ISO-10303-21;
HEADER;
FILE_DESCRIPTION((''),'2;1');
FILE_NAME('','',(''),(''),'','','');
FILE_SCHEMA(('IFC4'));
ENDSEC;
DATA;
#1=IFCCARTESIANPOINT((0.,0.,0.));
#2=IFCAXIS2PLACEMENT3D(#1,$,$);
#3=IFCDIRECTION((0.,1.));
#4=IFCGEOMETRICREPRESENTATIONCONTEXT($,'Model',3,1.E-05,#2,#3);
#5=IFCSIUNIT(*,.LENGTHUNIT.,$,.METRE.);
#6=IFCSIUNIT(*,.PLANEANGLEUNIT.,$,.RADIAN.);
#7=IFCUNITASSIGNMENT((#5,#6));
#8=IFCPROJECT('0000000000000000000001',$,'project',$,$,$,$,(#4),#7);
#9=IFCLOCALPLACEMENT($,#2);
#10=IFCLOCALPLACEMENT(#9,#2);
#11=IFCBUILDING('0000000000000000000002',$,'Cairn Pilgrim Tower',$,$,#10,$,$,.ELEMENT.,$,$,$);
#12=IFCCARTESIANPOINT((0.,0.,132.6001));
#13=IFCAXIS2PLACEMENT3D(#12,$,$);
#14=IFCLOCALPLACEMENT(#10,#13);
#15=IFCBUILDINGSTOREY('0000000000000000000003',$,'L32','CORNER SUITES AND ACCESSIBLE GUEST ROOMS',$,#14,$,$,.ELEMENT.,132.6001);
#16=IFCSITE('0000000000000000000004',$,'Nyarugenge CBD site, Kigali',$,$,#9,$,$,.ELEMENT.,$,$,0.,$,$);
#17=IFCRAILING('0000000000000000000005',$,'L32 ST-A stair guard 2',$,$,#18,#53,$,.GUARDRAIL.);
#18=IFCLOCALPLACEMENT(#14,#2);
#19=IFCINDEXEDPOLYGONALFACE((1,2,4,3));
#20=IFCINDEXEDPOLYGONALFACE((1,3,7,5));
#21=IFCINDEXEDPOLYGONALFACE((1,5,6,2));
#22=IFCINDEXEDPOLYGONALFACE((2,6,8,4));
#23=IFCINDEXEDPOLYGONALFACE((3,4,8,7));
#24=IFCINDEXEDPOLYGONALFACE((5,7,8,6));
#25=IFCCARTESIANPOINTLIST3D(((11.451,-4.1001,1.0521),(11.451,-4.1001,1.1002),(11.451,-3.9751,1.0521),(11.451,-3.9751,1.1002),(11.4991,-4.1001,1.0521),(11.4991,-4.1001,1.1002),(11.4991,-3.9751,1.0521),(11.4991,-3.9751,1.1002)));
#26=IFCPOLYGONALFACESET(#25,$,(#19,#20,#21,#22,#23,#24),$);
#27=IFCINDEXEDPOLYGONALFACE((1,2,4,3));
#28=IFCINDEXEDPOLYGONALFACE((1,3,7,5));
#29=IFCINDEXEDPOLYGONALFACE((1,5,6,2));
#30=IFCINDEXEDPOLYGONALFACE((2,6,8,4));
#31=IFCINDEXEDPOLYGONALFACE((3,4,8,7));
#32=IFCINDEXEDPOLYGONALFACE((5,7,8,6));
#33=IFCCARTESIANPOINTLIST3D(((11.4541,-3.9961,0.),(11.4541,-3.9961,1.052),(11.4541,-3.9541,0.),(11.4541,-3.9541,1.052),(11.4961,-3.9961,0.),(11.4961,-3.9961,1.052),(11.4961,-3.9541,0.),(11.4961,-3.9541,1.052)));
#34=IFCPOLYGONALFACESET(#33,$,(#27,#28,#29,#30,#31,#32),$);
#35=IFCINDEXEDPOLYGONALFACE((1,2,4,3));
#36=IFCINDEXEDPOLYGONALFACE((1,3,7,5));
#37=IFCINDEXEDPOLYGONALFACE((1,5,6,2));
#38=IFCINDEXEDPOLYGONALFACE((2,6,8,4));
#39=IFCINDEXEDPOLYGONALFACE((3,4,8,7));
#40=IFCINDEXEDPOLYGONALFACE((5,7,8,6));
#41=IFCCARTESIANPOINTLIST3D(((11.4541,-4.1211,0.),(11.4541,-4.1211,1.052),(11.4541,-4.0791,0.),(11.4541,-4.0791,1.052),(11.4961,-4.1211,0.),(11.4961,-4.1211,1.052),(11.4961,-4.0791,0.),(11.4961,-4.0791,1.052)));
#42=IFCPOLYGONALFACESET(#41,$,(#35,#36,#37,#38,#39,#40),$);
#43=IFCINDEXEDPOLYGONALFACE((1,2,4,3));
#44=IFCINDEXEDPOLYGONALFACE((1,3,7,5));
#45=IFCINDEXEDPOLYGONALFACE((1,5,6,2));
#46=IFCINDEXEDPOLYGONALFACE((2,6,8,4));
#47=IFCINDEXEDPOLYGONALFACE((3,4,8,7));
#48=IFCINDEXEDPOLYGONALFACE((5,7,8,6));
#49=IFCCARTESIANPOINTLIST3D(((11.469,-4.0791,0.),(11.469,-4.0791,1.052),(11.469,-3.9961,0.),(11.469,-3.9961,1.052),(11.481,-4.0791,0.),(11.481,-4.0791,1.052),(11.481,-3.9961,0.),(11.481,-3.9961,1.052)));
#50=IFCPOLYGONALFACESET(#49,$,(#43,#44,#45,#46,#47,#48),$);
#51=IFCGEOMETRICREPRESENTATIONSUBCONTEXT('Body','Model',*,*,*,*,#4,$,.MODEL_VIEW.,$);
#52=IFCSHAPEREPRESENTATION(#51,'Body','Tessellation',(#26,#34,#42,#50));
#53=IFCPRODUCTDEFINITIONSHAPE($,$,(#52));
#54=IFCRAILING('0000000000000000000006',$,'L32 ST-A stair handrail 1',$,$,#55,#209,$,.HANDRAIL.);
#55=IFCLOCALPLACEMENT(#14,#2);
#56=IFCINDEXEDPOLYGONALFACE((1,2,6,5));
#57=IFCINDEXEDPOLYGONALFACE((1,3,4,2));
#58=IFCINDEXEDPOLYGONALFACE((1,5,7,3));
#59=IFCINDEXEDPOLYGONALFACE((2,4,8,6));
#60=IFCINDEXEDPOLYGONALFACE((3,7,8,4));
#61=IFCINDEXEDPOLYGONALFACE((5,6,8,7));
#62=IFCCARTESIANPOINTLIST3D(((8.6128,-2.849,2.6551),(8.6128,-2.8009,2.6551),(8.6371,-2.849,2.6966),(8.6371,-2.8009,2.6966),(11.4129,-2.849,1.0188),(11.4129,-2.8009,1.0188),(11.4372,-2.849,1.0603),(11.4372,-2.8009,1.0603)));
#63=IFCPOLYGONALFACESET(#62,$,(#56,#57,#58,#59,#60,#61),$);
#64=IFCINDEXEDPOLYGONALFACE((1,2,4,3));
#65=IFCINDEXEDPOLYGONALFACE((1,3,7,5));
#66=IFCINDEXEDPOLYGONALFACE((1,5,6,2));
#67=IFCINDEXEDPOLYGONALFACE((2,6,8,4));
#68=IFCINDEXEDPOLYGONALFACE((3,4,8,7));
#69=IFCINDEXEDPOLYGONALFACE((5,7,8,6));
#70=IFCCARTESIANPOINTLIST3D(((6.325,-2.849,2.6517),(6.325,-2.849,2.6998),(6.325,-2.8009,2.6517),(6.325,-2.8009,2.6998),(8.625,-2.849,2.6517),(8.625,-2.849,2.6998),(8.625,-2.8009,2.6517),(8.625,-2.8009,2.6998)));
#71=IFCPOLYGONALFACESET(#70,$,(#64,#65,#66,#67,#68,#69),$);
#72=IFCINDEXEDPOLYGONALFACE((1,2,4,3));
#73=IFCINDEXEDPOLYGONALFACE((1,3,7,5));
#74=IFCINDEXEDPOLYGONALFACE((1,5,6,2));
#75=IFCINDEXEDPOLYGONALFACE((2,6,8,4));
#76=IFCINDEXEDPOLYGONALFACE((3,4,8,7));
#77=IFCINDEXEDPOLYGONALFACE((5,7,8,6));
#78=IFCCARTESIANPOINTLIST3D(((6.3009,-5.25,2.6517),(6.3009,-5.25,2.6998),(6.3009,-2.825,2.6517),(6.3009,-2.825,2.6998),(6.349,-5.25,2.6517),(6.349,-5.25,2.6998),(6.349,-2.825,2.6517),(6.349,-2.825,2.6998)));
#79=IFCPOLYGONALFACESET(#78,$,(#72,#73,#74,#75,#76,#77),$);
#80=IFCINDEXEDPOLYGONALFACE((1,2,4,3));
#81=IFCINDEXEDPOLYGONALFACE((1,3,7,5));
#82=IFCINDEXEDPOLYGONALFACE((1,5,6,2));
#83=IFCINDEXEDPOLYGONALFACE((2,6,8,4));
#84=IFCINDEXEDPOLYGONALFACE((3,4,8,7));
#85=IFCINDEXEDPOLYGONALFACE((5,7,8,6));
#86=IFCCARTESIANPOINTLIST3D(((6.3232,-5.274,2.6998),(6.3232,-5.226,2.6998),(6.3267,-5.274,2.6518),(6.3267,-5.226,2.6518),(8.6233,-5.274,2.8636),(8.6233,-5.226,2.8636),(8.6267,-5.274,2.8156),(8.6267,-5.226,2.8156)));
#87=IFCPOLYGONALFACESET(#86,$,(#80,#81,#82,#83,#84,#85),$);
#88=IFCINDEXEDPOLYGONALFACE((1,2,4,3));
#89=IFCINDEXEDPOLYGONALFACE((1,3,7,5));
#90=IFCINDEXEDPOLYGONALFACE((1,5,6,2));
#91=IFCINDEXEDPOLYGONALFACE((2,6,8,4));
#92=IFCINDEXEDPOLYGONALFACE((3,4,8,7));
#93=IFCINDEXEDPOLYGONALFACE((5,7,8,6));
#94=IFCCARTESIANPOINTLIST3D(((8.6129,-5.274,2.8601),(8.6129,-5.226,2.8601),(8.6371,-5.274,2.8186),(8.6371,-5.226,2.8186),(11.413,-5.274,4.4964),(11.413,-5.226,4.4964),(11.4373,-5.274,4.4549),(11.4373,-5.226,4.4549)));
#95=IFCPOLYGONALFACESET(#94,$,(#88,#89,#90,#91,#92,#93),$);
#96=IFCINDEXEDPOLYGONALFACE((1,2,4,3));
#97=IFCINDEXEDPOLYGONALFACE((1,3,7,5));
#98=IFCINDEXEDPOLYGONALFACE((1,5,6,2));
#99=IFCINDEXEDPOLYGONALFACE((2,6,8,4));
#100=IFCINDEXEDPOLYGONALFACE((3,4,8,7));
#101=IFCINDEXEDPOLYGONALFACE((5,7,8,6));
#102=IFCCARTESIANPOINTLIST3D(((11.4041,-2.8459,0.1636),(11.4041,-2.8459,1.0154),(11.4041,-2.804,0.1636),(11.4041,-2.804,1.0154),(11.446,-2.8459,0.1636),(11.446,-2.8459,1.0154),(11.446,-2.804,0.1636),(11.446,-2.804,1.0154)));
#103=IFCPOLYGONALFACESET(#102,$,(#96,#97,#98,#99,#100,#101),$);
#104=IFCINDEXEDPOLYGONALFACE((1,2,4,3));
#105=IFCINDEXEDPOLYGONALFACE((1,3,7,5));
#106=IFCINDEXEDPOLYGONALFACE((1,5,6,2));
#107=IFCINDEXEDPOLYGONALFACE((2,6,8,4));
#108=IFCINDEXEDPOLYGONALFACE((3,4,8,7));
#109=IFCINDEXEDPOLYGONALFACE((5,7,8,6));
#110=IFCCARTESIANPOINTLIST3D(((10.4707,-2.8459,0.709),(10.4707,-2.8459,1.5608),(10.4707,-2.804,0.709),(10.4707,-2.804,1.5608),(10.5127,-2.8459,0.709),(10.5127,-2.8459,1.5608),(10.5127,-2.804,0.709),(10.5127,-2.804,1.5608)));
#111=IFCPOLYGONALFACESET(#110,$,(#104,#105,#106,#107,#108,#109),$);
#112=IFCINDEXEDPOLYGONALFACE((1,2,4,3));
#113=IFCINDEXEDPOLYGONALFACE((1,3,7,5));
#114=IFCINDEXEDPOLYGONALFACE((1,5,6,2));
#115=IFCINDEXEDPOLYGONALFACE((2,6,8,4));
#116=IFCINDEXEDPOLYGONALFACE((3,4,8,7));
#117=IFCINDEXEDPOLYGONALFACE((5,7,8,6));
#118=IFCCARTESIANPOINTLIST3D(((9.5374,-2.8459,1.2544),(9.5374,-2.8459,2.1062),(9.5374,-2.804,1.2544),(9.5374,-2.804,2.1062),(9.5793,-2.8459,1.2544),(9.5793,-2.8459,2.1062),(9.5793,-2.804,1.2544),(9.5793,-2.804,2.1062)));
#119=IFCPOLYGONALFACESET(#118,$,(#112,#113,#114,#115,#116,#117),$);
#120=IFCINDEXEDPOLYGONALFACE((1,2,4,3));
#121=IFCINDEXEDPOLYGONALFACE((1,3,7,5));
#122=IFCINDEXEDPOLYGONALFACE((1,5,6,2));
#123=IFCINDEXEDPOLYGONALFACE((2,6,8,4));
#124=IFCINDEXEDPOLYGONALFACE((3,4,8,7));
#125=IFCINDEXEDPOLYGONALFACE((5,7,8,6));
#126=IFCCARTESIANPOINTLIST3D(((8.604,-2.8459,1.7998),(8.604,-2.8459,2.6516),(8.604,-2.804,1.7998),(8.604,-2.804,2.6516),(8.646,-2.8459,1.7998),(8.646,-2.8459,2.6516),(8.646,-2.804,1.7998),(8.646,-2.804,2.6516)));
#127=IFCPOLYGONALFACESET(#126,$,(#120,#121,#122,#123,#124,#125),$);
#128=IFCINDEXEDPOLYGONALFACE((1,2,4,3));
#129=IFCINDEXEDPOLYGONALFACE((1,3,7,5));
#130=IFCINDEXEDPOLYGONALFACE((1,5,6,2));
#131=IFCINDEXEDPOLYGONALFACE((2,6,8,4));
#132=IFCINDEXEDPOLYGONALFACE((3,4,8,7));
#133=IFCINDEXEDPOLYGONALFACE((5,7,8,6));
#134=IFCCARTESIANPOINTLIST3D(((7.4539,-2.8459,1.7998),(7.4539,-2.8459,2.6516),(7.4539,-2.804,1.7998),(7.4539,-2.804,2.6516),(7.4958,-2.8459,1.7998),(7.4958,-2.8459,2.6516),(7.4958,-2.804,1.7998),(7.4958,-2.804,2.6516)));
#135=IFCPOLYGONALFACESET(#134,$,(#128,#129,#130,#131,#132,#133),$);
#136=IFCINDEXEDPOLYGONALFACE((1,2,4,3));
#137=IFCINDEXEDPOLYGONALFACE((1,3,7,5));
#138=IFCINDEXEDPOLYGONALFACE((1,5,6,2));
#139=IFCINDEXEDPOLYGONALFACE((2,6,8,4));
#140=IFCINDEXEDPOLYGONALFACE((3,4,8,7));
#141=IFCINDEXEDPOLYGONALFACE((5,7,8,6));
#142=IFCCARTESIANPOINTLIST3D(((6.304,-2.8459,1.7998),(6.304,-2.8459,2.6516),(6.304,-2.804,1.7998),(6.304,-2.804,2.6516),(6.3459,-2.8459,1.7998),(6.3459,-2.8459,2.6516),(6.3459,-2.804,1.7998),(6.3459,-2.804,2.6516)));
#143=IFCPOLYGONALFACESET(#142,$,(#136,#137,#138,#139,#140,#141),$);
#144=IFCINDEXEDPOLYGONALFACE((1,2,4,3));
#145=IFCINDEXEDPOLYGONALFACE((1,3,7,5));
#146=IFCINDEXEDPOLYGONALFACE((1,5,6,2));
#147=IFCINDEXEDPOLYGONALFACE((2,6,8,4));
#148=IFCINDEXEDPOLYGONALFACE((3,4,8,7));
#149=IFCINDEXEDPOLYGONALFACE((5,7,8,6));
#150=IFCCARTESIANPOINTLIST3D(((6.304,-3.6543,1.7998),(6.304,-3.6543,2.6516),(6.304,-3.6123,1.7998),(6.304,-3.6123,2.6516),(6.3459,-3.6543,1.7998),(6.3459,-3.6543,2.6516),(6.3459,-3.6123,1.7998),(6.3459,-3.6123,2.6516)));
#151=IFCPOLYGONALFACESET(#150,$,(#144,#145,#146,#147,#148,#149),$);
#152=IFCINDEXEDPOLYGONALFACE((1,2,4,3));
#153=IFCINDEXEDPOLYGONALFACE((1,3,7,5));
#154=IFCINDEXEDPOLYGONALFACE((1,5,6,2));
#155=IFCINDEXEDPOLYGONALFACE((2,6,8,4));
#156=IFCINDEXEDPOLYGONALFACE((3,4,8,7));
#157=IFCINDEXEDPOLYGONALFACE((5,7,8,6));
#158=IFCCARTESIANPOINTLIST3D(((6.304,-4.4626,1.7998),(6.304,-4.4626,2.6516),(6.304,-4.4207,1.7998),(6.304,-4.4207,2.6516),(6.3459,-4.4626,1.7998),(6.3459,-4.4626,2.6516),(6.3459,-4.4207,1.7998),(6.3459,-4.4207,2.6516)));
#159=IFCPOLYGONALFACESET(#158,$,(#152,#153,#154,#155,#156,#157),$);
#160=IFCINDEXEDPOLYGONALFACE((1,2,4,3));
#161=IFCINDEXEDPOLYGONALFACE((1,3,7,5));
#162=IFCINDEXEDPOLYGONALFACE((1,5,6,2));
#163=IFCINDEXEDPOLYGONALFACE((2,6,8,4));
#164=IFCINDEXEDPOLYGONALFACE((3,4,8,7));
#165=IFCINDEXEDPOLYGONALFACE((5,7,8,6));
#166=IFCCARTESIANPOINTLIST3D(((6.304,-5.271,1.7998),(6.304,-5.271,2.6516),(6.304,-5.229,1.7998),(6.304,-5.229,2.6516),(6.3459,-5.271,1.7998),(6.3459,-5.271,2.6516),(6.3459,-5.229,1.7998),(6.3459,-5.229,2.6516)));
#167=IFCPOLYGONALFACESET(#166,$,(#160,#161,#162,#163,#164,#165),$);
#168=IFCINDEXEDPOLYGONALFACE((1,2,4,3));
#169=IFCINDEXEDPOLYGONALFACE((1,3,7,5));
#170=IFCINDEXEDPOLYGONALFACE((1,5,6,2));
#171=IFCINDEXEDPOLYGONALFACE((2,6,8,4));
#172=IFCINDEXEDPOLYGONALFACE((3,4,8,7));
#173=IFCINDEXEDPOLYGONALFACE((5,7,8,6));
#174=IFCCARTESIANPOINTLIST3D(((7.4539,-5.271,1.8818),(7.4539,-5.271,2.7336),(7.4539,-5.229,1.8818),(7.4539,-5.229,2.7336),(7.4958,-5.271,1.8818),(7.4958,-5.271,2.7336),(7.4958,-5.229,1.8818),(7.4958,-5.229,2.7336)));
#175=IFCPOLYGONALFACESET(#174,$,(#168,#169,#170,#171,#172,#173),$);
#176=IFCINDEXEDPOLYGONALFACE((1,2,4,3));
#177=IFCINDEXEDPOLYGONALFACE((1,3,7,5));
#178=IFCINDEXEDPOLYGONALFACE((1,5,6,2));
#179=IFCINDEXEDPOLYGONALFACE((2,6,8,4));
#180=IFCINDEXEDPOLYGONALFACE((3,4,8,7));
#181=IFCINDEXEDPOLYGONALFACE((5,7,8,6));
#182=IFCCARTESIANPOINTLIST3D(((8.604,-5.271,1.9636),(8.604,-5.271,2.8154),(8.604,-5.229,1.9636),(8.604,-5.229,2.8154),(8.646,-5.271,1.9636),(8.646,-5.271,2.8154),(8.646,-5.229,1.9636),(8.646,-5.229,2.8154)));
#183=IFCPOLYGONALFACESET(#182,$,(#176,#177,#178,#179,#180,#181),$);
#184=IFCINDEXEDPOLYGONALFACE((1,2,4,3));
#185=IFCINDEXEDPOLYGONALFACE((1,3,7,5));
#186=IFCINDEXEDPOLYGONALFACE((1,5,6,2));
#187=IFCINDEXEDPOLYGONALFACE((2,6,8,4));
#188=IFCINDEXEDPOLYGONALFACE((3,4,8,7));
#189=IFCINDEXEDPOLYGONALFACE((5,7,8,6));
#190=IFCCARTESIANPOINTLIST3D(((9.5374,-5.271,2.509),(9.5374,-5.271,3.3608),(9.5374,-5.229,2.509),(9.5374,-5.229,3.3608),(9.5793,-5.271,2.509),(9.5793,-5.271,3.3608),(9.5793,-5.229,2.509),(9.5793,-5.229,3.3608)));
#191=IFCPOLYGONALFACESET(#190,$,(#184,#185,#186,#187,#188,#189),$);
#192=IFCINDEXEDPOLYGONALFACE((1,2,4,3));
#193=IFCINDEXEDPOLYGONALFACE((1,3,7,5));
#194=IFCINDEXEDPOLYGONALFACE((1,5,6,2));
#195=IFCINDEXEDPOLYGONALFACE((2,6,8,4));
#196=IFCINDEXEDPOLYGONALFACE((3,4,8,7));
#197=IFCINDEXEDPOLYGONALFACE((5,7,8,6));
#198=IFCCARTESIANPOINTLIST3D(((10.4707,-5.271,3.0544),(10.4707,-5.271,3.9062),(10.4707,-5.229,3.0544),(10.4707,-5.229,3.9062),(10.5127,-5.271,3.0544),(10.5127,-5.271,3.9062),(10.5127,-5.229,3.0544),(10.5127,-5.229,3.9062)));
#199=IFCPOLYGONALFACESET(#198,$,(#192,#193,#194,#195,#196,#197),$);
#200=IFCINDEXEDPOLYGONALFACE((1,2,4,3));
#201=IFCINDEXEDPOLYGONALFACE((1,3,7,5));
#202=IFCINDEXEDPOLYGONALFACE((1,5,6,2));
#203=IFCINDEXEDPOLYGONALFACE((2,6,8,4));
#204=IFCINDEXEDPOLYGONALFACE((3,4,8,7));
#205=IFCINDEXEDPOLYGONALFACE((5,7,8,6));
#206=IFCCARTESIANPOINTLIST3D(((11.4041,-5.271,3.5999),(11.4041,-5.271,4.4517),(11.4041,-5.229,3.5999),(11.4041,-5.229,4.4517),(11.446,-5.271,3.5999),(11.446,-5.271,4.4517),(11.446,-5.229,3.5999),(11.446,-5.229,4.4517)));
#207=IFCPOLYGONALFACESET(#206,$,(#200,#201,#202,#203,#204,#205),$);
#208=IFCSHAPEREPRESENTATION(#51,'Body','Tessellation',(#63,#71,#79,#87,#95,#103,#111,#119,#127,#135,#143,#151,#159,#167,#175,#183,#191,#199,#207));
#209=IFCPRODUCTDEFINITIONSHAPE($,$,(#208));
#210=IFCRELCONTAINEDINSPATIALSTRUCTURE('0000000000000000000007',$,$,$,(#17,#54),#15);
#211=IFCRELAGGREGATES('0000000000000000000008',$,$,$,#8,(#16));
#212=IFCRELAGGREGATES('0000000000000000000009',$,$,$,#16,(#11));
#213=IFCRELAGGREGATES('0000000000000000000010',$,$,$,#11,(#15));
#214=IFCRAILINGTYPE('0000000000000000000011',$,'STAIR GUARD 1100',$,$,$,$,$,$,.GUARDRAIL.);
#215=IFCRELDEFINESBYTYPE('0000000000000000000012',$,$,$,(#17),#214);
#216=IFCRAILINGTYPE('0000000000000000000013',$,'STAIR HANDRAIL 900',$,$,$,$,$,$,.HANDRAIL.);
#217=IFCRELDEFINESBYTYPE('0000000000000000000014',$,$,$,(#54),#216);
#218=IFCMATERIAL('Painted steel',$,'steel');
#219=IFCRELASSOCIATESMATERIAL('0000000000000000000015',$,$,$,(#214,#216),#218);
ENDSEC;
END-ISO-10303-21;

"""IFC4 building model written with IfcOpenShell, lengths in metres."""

from ifc_helpers import new_model, si_unit, direction, frame, origin, origin_2d, place, context, subcontext, project, spatial, polyline, rectangle, outline, extrude, material, type_object, element, save


model = new_model("IFC4")

# Units and contexts
model_context = context("Model", 3, precision=1e-05, world=origin(), true_north=direction((0.0, 1.0)))
body_context = subcontext(model_context, "Body", "Model", "MODEL_VIEW")
ifc_project = project(units=[si_unit("LENGTHUNIT", "METRE"), si_unit("PLANEANGLEUNIT", "RADIAN")], contexts=[model_context])

# Site, building, storey
site_placement = place(None, origin())
site = spatial("IfcSite", under=ifc_project, at=site_placement, Name="Nyarugenge CBD site, Kigali", CompositionType="ELEMENT", RefElevation=0.0)
building_placement = place(site_placement, origin())
building = spatial("IfcBuilding", under=site, at=building_placement, Name="Cairn Pilgrim Tower", CompositionType="ELEMENT")
storey_placement = place(building_placement, frame((0.0, 0.0, 132.6001)))
storey = spatial("IfcBuildingStorey", under=building, at=storey_placement, Name="L32", Description="CORNER SUITES AND ACCESSIBLE GUEST ROOMS", CompositionType="ELEMENT", Elevation=132.6001)

# Shared definitions
ifc_material_1 = material(Name="Painted steel", Category="steel")

# Railings
railing_type_1 = type_object("IfcRailingType", Name="STAIR GUARD 1100", PredefinedType="GUARDRAIL", material=ifc_material_1)
railing_1_placement = place(storey_placement, frame((11.4751, -3.9751, 0.0)))
element("IfcRailing", 1, at=railing_1_placement, inside=storey, type_object=railing_type_1, Name="L32 ST-A stair guard 2", PredefinedType="GUARDRAIL", context=body_context, shape_type="SweptSolid", body=[
    extrude(rectangle(XDim=0.0481, YDim=0.0481, at=origin_2d()), frame((0.0, 0.0, 1.0762), z_axis=(0.0, -1.0, 0.0), x_axis=(1.0, 0.0, 0.0)), (0.0, 0.0, 1.0), 0.125),
    extrude(rectangle(XDim=0.042, YDim=0.042, at=origin_2d()), origin(), (0.0, 0.0, 1.0), 1.052),
    extrude(rectangle(XDim=0.042, YDim=0.042, at=origin_2d()), frame((0.0, -0.125, 0.0)), (0.0, 0.0, 1.0), 1.052),
    extrude(outline(polyline([(0.021, 0.0), (0.104, 0.0), (0.104, 1.052), (0.021, 1.052), (0.021, 0.0)])), frame((0.0059, 0.0, 0.0), z_axis=(-1.0, 0.0, 0.0), x_axis=(0.0, -1.0, 0.0)), (0.0, 0.0, 1.0), 0.012),
])
railing_type_2 = type_object("IfcRailingType", Name="STAIR HANDRAIL 900", PredefinedType="HANDRAIL", material=ifc_material_1)
railing_2_placement = place(storey_placement, frame((11.425, -2.825, 0.1636)))
element("IfcRailing", 2, at=railing_2_placement, inside=storey, type_object=railing_type_2, Name="L32 ST-A stair handrail 1", PredefinedType="HANDRAIL", context=body_context, shape_type="SweptSolid", body=[
    extrude(rectangle(XDim=0.0481, YDim=0.0481, at=origin_2d()), frame((0.0, 0.0, 0.876), z_axis=(-0.863394, 0.0, 0.504531), x_axis=(0.0, -1.0, 0.0)), (0.0, 0.0, 1.0), 3.2432),
    extrude(rectangle(XDim=0.0481, YDim=0.0481, at=origin_2d()), frame((-2.8, 0.0, 2.5122), z_axis=(-1.0, 0.0, 0.0), x_axis=(0.0, -1.0, 0.0)), (0.0, 0.0, 1.0), 2.3),
    extrude(rectangle(XDim=0.0481, YDim=0.0481, at=origin_2d()), frame((-5.1001, 0.0, 2.5122), z_axis=(0.0, -1.0, 0.0), x_axis=(1.0, 0.0, 0.0)), (0.0, 0.0, 1.0), 2.425),
    extrude(rectangle(XDim=0.0481, YDim=0.0481, at=origin_2d()), frame((-5.1001, -2.425, 2.5122), z_axis=(0.997473, 0.0, 0.071044), x_axis=(0.0, 1.0, 0.0)), (0.0, 0.0, 1.0), 2.3059),
    extrude(rectangle(XDim=0.0481, YDim=0.0481, at=origin_2d()), frame((-2.8, -2.425, 2.6758), z_axis=(0.863394, 0.0, 0.504531), x_axis=(0.0, 1.0, 0.0)), (0.0, 0.0, 1.0), 3.2432),
    extrude(rectangle(XDim=0.042, YDim=0.042, at=origin_2d()), origin(), (0.0, 0.0, 1.0), 0.8518),
    extrude(rectangle(XDim=0.042, YDim=0.042, at=origin_2d()), frame((-0.9333, 0.0, 0.5454)), (0.0, 0.0, 1.0), 0.8518),
    extrude(rectangle(XDim=0.042, YDim=0.042, at=origin_2d()), frame((-1.8667, 0.0, 1.0908)), (0.0, 0.0, 1.0), 0.8518),
    extrude(rectangle(XDim=0.042, YDim=0.042, at=origin_2d()), frame((-2.8, 0.0, 1.6362)), (0.0, 0.0, 1.0), 0.8518),
    extrude(rectangle(XDim=0.042, YDim=0.042, at=origin_2d()), frame((-3.9502, 0.0, 1.6362)), (0.0, 0.0, 1.0), 0.8518),
    extrude(rectangle(XDim=0.042, YDim=0.042, at=origin_2d()), frame((-5.1001, 0.0, 1.6362)), (0.0, 0.0, 1.0), 0.8518),
    extrude(rectangle(XDim=0.042, YDim=0.042, at=origin_2d()), frame((-5.1001, -0.8083, 1.6362)), (0.0, 0.0, 1.0), 0.8518),
    extrude(rectangle(XDim=0.042, YDim=0.042, at=origin_2d()), frame((-5.1001, -1.6167, 1.6362)), (0.0, 0.0, 1.0), 0.8518),
    extrude(rectangle(XDim=0.042, YDim=0.042, at=origin_2d()), frame((-5.1001, -2.425, 1.6362)), (0.0, 0.0, 1.0), 0.8518),
    extrude(rectangle(XDim=0.042, YDim=0.042, at=origin_2d()), frame((-3.9502, -2.425, 1.7183)), (0.0, 0.0, 1.0), 0.8518),
    extrude(rectangle(XDim=0.042, YDim=0.042, at=origin_2d()), frame((-2.8, -2.425, 1.8)), (0.0, 0.0, 1.0), 0.8518),
    extrude(rectangle(XDim=0.042, YDim=0.042, at=origin_2d()), frame((-1.8667, -2.425, 2.3455)), (0.0, 0.0, 1.0), 0.8518),
    extrude(rectangle(XDim=0.042, YDim=0.042, at=origin_2d()), frame((-0.9333, -2.425, 2.8909)), (0.0, 0.0, 1.0), 0.8518),
    extrude(rectangle(XDim=0.042, YDim=0.042, at=origin_2d()), frame((0.0, -2.425, 3.4363)), (0.0, 0.0, 1.0), 0.8518),
])

save(model, "model.ifc")
